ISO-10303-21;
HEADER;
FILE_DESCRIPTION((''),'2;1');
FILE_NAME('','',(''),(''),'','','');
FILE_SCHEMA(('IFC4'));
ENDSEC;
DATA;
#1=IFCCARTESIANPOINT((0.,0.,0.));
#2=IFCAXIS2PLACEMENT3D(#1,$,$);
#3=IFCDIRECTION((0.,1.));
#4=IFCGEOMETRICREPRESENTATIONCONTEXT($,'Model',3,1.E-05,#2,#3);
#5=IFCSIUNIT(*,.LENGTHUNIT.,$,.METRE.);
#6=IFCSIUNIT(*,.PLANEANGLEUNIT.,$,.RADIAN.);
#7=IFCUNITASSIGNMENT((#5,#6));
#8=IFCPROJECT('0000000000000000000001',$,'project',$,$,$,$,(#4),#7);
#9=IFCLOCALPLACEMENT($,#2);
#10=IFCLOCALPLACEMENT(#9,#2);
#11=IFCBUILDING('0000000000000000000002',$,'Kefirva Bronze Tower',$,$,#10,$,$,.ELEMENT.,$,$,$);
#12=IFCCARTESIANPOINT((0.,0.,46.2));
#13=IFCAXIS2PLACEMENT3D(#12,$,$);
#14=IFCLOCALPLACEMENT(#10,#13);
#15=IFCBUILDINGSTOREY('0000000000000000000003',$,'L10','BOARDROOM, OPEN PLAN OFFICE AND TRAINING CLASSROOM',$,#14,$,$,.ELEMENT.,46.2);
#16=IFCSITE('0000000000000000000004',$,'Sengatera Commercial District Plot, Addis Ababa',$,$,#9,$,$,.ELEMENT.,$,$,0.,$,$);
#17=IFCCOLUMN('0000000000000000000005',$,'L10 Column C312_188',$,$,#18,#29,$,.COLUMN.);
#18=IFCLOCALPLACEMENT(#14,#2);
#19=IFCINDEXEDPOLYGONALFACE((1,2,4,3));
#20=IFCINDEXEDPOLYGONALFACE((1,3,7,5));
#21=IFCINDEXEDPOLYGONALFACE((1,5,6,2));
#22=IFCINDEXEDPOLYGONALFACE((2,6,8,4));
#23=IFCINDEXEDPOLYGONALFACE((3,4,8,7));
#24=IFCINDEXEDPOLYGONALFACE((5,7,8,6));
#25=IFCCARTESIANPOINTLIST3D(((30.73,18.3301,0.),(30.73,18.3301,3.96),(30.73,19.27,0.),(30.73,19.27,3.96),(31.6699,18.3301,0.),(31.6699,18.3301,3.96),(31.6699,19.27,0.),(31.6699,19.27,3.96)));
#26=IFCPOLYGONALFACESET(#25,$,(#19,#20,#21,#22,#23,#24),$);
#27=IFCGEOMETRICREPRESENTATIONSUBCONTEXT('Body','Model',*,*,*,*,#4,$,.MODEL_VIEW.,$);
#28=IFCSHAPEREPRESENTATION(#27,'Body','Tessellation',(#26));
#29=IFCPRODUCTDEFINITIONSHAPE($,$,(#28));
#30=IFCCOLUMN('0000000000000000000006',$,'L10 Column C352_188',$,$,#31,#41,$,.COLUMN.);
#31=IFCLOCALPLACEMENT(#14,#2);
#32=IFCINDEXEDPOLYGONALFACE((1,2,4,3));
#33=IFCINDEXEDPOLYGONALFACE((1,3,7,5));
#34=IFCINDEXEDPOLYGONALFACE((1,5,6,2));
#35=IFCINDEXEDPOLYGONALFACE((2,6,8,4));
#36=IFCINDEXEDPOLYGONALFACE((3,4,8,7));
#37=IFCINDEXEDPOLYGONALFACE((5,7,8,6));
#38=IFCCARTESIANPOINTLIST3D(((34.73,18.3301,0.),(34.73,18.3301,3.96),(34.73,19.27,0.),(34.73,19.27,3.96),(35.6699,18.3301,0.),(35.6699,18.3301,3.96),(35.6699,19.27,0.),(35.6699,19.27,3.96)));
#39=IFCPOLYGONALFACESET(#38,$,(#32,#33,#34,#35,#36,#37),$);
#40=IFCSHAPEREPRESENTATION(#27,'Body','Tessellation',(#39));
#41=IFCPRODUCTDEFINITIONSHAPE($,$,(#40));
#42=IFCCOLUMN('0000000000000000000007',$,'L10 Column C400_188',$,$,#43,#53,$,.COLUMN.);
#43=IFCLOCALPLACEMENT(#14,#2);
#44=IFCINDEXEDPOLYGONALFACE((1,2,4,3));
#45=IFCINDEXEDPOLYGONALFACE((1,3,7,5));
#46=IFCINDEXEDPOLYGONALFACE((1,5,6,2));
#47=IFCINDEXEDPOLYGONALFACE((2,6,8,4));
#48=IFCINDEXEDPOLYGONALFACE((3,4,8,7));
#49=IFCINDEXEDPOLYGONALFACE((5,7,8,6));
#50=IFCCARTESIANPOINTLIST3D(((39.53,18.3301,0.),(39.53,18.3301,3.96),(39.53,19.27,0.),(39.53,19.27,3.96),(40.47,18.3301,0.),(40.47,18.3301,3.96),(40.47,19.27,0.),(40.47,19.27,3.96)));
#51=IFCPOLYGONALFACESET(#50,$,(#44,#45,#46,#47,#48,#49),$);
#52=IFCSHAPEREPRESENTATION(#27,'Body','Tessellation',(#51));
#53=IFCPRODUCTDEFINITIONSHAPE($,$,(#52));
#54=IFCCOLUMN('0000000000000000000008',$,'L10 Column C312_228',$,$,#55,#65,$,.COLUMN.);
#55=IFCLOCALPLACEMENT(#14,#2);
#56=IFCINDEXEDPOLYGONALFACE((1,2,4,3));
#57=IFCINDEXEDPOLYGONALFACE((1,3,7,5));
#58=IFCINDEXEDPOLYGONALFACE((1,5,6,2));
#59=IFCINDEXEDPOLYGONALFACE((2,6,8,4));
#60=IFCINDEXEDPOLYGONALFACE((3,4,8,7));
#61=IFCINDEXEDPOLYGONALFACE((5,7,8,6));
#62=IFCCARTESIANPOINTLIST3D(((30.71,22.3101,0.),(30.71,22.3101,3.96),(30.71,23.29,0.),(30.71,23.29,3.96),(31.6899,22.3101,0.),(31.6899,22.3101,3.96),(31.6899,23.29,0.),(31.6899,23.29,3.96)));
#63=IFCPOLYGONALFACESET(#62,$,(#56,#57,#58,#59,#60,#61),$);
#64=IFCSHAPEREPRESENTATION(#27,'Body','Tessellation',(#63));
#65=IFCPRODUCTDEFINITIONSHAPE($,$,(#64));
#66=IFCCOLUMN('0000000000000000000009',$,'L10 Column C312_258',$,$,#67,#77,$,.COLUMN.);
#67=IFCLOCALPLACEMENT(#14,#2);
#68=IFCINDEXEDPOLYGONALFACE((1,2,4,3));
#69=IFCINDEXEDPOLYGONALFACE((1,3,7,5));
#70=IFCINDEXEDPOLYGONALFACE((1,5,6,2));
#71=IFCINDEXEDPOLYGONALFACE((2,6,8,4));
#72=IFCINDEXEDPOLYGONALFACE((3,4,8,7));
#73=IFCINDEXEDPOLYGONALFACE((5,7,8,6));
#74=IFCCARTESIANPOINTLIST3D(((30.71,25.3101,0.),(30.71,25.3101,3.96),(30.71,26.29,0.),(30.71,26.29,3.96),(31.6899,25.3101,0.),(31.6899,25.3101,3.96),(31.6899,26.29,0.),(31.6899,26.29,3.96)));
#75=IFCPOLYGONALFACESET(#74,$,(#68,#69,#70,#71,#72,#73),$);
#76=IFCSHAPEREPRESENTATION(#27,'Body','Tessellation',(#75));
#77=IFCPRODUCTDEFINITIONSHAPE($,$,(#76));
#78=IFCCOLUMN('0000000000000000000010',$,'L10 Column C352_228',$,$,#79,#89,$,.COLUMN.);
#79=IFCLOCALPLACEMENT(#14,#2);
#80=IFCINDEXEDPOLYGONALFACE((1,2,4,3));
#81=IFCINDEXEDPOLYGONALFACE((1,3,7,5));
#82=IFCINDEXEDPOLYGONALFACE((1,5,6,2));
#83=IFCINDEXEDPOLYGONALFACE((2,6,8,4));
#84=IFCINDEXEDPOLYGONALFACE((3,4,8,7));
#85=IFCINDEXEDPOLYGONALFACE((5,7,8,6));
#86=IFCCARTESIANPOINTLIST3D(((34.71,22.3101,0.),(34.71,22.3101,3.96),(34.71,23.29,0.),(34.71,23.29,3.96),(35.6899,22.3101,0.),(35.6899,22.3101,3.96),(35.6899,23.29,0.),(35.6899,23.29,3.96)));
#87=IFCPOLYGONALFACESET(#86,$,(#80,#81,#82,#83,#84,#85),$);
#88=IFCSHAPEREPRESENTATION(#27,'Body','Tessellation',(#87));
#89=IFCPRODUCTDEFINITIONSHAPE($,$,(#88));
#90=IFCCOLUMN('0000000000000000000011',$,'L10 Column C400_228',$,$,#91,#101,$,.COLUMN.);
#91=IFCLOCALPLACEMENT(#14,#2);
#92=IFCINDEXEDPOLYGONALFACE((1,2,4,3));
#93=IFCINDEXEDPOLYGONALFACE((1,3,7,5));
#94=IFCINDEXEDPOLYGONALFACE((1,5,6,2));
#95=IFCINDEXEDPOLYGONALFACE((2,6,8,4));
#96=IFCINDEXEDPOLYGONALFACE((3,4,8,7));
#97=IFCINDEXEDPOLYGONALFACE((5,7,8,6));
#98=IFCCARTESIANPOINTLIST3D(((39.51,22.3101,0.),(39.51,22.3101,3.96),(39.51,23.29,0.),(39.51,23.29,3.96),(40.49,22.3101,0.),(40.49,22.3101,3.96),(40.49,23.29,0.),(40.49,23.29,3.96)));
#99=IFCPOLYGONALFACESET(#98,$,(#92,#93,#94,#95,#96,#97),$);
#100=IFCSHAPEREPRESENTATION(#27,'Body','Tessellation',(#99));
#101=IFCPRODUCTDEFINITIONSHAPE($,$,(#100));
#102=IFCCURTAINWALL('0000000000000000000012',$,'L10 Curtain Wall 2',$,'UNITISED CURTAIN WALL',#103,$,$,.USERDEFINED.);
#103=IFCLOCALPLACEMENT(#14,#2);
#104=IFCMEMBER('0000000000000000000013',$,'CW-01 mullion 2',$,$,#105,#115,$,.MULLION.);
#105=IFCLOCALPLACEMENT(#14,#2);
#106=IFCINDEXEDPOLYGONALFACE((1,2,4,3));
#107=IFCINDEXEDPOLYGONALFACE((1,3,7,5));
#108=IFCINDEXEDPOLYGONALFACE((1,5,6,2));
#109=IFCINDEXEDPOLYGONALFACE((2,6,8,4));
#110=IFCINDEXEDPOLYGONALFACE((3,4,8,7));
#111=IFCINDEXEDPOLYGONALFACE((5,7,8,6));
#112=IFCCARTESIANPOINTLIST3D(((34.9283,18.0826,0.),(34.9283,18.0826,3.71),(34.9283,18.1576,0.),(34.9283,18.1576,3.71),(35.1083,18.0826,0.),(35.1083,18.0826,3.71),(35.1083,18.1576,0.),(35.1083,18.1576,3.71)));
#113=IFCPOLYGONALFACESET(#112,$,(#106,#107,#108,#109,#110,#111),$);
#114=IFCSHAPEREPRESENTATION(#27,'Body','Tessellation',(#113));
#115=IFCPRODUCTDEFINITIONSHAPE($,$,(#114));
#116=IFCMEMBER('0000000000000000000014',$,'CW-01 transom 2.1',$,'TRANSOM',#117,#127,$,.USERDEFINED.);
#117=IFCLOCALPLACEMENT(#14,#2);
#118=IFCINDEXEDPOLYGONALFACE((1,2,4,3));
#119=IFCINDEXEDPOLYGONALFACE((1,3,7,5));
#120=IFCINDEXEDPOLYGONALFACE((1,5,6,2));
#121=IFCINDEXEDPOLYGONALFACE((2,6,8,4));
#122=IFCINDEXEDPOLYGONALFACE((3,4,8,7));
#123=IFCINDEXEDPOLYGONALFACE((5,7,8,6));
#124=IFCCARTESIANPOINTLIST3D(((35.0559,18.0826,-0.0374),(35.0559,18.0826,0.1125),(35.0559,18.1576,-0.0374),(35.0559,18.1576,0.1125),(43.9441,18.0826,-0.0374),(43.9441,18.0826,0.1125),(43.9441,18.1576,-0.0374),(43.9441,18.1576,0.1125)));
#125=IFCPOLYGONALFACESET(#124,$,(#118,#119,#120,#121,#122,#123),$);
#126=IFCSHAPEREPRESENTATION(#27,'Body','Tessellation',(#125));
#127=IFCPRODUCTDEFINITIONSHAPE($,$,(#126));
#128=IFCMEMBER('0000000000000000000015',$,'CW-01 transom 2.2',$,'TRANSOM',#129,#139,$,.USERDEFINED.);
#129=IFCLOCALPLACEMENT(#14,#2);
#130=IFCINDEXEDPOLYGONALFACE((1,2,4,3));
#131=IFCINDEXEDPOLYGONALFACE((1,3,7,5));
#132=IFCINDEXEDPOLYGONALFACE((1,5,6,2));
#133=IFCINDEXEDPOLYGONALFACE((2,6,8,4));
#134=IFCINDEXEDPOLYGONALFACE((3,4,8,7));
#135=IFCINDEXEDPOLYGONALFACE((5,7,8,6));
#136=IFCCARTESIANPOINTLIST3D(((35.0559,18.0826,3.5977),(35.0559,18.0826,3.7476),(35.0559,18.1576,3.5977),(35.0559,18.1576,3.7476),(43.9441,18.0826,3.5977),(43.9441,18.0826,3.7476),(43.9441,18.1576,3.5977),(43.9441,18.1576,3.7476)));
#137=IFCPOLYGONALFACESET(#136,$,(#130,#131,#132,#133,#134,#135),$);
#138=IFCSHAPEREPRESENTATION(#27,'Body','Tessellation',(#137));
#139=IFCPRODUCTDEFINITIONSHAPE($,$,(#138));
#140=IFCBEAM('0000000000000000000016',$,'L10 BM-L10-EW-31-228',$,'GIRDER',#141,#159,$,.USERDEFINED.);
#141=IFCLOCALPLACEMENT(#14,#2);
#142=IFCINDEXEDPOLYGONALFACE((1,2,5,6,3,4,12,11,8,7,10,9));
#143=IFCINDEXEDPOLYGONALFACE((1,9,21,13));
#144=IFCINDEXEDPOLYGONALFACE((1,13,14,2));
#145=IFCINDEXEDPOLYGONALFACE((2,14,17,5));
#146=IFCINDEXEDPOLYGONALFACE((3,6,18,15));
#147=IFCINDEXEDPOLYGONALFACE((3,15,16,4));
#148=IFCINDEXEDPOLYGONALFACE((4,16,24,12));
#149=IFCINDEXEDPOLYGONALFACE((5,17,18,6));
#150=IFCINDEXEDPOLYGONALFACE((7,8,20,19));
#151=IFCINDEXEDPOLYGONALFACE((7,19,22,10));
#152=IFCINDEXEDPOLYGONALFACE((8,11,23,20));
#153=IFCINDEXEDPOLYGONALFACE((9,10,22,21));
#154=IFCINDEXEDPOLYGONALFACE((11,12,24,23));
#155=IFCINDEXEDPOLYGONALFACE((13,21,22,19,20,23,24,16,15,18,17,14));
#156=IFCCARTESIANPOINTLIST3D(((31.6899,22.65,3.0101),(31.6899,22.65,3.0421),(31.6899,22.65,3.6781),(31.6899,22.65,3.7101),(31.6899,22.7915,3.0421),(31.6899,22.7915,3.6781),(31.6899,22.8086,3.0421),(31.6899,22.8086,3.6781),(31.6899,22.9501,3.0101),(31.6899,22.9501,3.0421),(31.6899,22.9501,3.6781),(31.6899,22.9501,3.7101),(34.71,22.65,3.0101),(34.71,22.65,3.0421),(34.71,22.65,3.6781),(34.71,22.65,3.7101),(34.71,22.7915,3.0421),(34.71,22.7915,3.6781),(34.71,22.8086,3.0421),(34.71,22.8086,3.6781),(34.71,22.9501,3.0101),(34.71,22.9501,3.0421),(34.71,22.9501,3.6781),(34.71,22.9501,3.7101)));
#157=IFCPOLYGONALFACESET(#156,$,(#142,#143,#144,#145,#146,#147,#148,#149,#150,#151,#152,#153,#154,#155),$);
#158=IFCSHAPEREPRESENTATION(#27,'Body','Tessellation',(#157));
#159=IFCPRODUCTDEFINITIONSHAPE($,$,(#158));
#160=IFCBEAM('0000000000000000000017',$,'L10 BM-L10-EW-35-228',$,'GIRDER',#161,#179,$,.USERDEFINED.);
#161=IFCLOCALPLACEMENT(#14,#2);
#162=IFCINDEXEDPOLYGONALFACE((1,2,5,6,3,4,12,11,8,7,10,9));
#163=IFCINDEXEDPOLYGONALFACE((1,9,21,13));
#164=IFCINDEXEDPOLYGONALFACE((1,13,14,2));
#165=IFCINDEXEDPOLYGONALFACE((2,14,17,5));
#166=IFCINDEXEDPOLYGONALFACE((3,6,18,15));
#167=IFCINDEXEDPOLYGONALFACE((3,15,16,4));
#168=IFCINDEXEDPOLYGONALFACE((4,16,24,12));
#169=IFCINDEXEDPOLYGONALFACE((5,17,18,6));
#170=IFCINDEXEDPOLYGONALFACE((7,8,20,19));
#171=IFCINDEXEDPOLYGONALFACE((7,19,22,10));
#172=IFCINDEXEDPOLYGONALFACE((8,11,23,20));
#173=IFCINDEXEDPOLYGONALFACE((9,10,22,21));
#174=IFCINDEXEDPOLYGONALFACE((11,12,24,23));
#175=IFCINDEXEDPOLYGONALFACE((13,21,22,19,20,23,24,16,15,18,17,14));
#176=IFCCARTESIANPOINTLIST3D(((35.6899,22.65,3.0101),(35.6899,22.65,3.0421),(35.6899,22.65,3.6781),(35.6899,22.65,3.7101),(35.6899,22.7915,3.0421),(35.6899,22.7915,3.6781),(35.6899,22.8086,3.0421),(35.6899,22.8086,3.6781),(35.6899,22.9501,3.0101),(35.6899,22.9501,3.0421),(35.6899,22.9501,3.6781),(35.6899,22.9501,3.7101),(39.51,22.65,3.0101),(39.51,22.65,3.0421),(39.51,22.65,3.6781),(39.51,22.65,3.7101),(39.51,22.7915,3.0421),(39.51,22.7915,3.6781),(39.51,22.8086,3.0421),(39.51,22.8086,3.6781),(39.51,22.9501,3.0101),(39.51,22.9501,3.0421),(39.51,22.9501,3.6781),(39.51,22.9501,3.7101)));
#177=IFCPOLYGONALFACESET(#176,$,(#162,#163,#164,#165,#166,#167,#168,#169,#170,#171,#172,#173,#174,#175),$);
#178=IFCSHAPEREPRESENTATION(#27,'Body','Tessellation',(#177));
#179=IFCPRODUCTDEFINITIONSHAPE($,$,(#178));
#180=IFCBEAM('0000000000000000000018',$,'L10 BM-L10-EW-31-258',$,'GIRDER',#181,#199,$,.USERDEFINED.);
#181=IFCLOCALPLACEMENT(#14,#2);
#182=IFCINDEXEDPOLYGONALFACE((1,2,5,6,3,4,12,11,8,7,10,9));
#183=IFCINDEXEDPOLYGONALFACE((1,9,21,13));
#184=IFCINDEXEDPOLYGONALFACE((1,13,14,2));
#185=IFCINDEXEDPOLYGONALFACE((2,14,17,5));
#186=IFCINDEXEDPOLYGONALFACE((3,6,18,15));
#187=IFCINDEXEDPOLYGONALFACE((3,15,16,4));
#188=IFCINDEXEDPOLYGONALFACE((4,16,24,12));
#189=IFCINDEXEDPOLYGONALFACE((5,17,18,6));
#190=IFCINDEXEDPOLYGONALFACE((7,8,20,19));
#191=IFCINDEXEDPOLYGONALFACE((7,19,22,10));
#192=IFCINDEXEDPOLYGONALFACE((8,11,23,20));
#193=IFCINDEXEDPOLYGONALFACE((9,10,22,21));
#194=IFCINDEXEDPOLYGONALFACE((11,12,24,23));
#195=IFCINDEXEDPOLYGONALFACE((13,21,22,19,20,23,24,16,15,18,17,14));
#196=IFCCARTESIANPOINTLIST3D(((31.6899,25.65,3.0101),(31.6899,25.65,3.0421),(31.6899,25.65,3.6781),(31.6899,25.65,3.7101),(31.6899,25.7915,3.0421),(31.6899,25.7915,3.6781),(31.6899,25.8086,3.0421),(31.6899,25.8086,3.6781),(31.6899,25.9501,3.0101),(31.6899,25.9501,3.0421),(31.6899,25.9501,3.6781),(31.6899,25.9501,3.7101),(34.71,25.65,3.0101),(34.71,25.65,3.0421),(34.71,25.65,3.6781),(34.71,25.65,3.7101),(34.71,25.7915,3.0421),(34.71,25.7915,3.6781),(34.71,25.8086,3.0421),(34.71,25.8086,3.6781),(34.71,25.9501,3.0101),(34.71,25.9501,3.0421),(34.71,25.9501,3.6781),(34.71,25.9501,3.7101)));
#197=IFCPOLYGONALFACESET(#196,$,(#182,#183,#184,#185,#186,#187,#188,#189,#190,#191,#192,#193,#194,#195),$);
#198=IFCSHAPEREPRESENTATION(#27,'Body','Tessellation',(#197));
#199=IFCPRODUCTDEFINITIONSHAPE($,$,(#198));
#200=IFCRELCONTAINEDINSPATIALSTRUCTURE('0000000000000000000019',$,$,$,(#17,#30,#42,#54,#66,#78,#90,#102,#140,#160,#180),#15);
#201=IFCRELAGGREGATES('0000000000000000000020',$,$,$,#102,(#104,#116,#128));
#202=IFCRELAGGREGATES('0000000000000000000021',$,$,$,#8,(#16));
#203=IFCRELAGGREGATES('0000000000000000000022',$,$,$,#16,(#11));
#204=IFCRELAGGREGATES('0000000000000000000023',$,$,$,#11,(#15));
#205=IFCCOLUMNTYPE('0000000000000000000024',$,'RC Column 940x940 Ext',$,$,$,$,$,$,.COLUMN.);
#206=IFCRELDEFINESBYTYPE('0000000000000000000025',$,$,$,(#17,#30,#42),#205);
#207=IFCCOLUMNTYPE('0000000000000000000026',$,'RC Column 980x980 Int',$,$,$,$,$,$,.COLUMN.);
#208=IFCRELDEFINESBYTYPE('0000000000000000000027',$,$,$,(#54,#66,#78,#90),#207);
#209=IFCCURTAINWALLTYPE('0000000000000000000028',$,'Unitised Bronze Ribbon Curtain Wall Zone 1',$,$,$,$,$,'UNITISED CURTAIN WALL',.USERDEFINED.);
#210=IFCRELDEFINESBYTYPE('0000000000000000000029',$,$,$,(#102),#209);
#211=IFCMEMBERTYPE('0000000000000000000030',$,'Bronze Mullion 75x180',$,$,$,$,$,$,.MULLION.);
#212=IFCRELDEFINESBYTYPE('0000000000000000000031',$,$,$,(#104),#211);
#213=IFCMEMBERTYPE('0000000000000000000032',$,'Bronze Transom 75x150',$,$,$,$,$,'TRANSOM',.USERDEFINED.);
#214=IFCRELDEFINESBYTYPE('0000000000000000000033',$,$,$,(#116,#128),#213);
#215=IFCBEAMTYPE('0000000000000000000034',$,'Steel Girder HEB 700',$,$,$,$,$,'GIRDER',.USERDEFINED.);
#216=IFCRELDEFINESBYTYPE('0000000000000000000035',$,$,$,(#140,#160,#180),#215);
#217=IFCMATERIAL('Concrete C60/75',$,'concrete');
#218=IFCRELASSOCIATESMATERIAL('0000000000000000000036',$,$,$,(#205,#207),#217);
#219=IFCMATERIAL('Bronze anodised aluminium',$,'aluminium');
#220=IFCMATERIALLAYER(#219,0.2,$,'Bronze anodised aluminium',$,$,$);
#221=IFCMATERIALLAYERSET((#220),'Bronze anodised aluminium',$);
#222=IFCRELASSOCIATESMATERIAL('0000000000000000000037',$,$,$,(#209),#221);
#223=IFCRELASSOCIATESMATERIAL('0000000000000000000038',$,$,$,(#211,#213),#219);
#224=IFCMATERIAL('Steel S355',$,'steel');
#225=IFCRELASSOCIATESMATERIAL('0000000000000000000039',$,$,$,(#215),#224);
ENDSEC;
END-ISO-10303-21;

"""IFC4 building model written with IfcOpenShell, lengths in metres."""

from ifc_helpers import new_model, si_unit, direction, frame, origin, origin_2d, place, context, subcontext, project, spatial, rectangle, i_section, extrude, material, layer, layer_set, material_profile, profile_set, type_object, element, aggregate, save


model = new_model("IFC4")

# Units and contexts
model_context = context("Model", 3, precision=1e-05, world=origin(), true_north=direction((0.0, 1.0)))
body_context = subcontext(model_context, "Body", "Model", "MODEL_VIEW")
ifc_project = project(units=[si_unit("LENGTHUNIT", "METRE"), si_unit("PLANEANGLEUNIT", "RADIAN")], contexts=[model_context])

# Site, building, storey
site_placement = place(None, origin())
site = spatial("IfcSite", under=ifc_project, at=site_placement, Name="Sengatera Commercial District Plot, Addis Ababa", CompositionType="ELEMENT", RefElevation=0.0)
building_placement = place(site_placement, origin())
building = spatial("IfcBuilding", under=site, at=building_placement, Name="Kefirva Bronze Tower", CompositionType="ELEMENT")
storey_placement = place(building_placement, frame((0.0, 0.0, 46.2)))
storey = spatial("IfcBuildingStorey", under=building, at=storey_placement, Name="L10", Description="BOARDROOM, OPEN PLAN OFFICE AND TRAINING CLASSROOM", CompositionType="ELEMENT", Elevation=46.2)

# Columns
ifc_material_1 = material(Name="Concrete C60/75", Category="concrete")
ifc_material_profile_1 = material_profile(ifc_material_1, rectangle(XDim=0.9399, YDim=0.9399, at=origin_2d()), Name="RC 940x940")
ifc_profile_set_1 = profile_set([ifc_material_profile_1], Name="Concrete C60/75")
column_type_1 = type_object("IfcColumnType", Name="RC Column 940x940 Ext", PredefinedType="COLUMN", material=ifc_profile_set_1)
for number, where, z_axis, x_axis, name in (
    (1, (31.2, 18.8, 0.0), (0.0, 0.0, 1.0), (1.0, 0.0, 0.0), "L10 Column C312_188"),
    (2, (35.2, 18.8, 0.0), (0.0, 0.0, 1.0), (1.0, 0.0, 0.0), "L10 Column C352_188"),
    (3, (40.0, 18.8, 0.0), (0.0, 0.0, 1.0), (1.0, 0.0, 0.0), "L10 Column C400_188"),
):
    element("IfcColumn", number, at=place(storey_placement, frame(where, z_axis=z_axis, x_axis=x_axis)), inside=storey, type_object=column_type_1, Name=name, PredefinedType="COLUMN", context=body_context, shape_type="SweptSolid", body=[
        extrude(rectangle(XDim=0.9399, YDim=0.9399, at=origin_2d()), origin(), (0.0, 0.0, 1.0), 3.96),
    ])
ifc_material_profile_2 = material_profile(ifc_material_1, rectangle(XDim=0.98, YDim=0.98, at=origin_2d()), Name="RC 980x980")
ifc_profile_set_2 = profile_set([ifc_material_profile_2], Name="Concrete C60/75")
column_type_2 = type_object("IfcColumnType", Name="RC Column 980x980 Int", PredefinedType="COLUMN", material=ifc_profile_set_2)
for number, where, z_axis, x_axis, name in (
    (4, (31.2, 22.8, 0.0), (0.0, 0.0, 1.0), (1.0, 0.0, 0.0), "L10 Column C312_228"),
    (5, (31.2, 25.8, 0.0), (0.0, 0.0, 1.0), (1.0, 0.0, 0.0), "L10 Column C312_258"),
    (6, (35.2, 22.8, 0.0), (0.0, 0.0, 1.0), (1.0, 0.0, 0.0), "L10 Column C352_228"),
    (7, (40.0, 22.8, 0.0), (0.0, 0.0, 1.0), (1.0, 0.0, 0.0), "L10 Column C400_228"),
):
    element("IfcColumn", number, at=place(storey_placement, frame(where, z_axis=z_axis, x_axis=x_axis)), inside=storey, type_object=column_type_2, Name=name, PredefinedType="COLUMN", context=body_context, shape_type="SweptSolid", body=[
        extrude(rectangle(XDim=0.98, YDim=0.98, at=origin_2d()), origin(), (0.0, 0.0, 1.0), 3.96),
    ])

# Curtain wall, members
ifc_material_2 = material(Name="Bronze anodised aluminium", Category="aluminium")
ifc_layer_1 = layer(ifc_material_2, 0.2, Name="Bronze anodised aluminium")
ifc_layer_set_1 = layer_set([ifc_layer_1], Name="Bronze anodised aluminium")
curtain_wall_type = type_object("IfcCurtainWallType", Name="Unitised Bronze Ribbon Curtain Wall Zone 1", ElementType="UNITISED CURTAIN WALL", PredefinedType="USERDEFINED", material=ifc_layer_set_1)
curtain_wall_placement = place(storey_placement, origin())
curtain_wall = element("IfcCurtainWall", 8, at=curtain_wall_placement, inside=storey, type_object=curtain_wall_type, Name="L10 Curtain Wall 2", ObjectType="UNITISED CURTAIN WALL", PredefinedType="USERDEFINED")
ifc_material_profile_3 = material_profile(ifc_material_2, rectangle(XDim=0.075, YDim=0.1799, at=origin_2d()), Name="ALU 75x180")
ifc_profile_set_3 = profile_set([ifc_material_profile_3], Name="Bronze anodised aluminium")
member_type_1 = type_object("IfcMemberType", Name="Bronze Mullion 75x180", PredefinedType="MULLION", material=ifc_profile_set_3)
member_1_placement = place(storey_placement, frame((35.0183, 18.1201, 0.0), z_axis=(0.0, 0.0, 1.0), x_axis=(0.0, 1.0, 0.0)))
member_1 = element("IfcMember", 9, at=member_1_placement, type_object=member_type_1, Name="CW-01 mullion 2", PredefinedType="MULLION", context=body_context, shape_type="SweptSolid", body=[
    extrude(rectangle(XDim=0.075, YDim=0.1799, at=origin_2d()), origin(), (0.0, 0.0, 1.0), 3.71),
])
ifc_material_profile_4 = material_profile(ifc_material_2, rectangle(XDim=0.075, YDim=0.1499, at=origin_2d()), Name="ALU 75x150")
ifc_profile_set_4 = profile_set([ifc_material_profile_4], Name="Bronze anodised aluminium")
member_type_2 = type_object("IfcMemberType", Name="Bronze Transom 75x150", ElementType="TRANSOM", PredefinedType="USERDEFINED", material=ifc_profile_set_4)
member_2_placement = place(storey_placement, frame((35.0559, 18.1201, 0.0376), z_axis=(1.0, 0.0, 0.0), x_axis=(0.0, 1.0, 0.0)))
member_2 = element("IfcMember", 10, at=member_2_placement, type_object=member_type_2, Name="CW-01 transom 2.1", ObjectType="TRANSOM", PredefinedType="USERDEFINED", context=body_context, shape_type="SweptSolid", body=[
    extrude(rectangle(XDim=0.075, YDim=0.1499, at=origin_2d()), origin(), (0.0, 0.0, 1.0), 8.8882),
])
member_3_placement = place(storey_placement, frame((35.0559, 18.1201, 3.6726), z_axis=(1.0, 0.0, 0.0), x_axis=(0.0, 1.0, 0.0)))
member_3 = element("IfcMember", 11, at=member_3_placement, type_object=member_type_2, Name="CW-01 transom 2.2", ObjectType="TRANSOM", PredefinedType="USERDEFINED", context=body_context, shape_type="SweptSolid", body=[
    extrude(rectangle(XDim=0.075, YDim=0.1499, at=origin_2d()), origin(), (0.0, 0.0, 1.0), 8.8882),
])

# Beams
ifc_material_3 = material(Name="Steel S355", Category="steel")
ifc_material_profile_5 = material_profile(ifc_material_3, i_section(OverallWidth=0.3, OverallDepth=0.7, WebThickness=0.0171, FlangeThickness=0.032, at=origin_2d()), Name="HEB 700")
ifc_profile_set_5 = profile_set([ifc_material_profile_5], Name="Steel S355")
beam_type_1 = type_object("IfcBeamType", Name="Steel Girder HEB 700", ElementType="GIRDER", PredefinedType="USERDEFINED", material=ifc_profile_set_5)
beam_1_placement = place(storey_placement, frame((31.6899, 22.8, 3.3601), z_axis=(1.0, 0.0, 0.0), x_axis=(0.0, 1.0, 0.0)))
element("IfcBeam", 12, at=beam_1_placement, inside=storey, type_object=beam_type_1, Name="L10 BM-L10-EW-31-228", ObjectType="GIRDER", PredefinedType="USERDEFINED", context=body_context, shape_type="SweptSolid", body=[
    extrude(i_section(OverallWidth=0.3, OverallDepth=0.7, WebThickness=0.0171, FlangeThickness=0.032, at=origin_2d()), origin(), (0.0, 0.0, 1.0), 3.02),
])
beam_2_placement = place(storey_placement, frame((35.6899, 22.8, 3.3601), z_axis=(1.0, 0.0, 0.0), x_axis=(0.0, 1.0, 0.0)))
element("IfcBeam", 13, at=beam_2_placement, inside=storey, type_object=beam_type_1, Name="L10 BM-L10-EW-35-228", ObjectType="GIRDER", PredefinedType="USERDEFINED", context=body_context, shape_type="SweptSolid", body=[
    extrude(i_section(OverallWidth=0.3, OverallDepth=0.7, WebThickness=0.0171, FlangeThickness=0.032, at=origin_2d()), origin(), (0.0, 0.0, 1.0), 3.8201),
])
beam_3_placement = place(storey_placement, frame((31.6899, 25.8, 3.3601), z_axis=(1.0, 0.0, 0.0), x_axis=(0.0, 1.0, 0.0)))
element("IfcBeam", 14, at=beam_3_placement, inside=storey, type_object=beam_type_1, Name="L10 BM-L10-EW-31-258", ObjectType="GIRDER", PredefinedType="USERDEFINED", context=body_context, shape_type="SweptSolid", body=[
    extrude(i_section(OverallWidth=0.3, OverallDepth=0.7, WebThickness=0.0171, FlangeThickness=0.032, at=origin_2d()), origin(), (0.0, 0.0, 1.0), 3.02),
])

aggregate(curtain_wall, [member_1, member_2, member_3])

save(model, "model.ifc")
